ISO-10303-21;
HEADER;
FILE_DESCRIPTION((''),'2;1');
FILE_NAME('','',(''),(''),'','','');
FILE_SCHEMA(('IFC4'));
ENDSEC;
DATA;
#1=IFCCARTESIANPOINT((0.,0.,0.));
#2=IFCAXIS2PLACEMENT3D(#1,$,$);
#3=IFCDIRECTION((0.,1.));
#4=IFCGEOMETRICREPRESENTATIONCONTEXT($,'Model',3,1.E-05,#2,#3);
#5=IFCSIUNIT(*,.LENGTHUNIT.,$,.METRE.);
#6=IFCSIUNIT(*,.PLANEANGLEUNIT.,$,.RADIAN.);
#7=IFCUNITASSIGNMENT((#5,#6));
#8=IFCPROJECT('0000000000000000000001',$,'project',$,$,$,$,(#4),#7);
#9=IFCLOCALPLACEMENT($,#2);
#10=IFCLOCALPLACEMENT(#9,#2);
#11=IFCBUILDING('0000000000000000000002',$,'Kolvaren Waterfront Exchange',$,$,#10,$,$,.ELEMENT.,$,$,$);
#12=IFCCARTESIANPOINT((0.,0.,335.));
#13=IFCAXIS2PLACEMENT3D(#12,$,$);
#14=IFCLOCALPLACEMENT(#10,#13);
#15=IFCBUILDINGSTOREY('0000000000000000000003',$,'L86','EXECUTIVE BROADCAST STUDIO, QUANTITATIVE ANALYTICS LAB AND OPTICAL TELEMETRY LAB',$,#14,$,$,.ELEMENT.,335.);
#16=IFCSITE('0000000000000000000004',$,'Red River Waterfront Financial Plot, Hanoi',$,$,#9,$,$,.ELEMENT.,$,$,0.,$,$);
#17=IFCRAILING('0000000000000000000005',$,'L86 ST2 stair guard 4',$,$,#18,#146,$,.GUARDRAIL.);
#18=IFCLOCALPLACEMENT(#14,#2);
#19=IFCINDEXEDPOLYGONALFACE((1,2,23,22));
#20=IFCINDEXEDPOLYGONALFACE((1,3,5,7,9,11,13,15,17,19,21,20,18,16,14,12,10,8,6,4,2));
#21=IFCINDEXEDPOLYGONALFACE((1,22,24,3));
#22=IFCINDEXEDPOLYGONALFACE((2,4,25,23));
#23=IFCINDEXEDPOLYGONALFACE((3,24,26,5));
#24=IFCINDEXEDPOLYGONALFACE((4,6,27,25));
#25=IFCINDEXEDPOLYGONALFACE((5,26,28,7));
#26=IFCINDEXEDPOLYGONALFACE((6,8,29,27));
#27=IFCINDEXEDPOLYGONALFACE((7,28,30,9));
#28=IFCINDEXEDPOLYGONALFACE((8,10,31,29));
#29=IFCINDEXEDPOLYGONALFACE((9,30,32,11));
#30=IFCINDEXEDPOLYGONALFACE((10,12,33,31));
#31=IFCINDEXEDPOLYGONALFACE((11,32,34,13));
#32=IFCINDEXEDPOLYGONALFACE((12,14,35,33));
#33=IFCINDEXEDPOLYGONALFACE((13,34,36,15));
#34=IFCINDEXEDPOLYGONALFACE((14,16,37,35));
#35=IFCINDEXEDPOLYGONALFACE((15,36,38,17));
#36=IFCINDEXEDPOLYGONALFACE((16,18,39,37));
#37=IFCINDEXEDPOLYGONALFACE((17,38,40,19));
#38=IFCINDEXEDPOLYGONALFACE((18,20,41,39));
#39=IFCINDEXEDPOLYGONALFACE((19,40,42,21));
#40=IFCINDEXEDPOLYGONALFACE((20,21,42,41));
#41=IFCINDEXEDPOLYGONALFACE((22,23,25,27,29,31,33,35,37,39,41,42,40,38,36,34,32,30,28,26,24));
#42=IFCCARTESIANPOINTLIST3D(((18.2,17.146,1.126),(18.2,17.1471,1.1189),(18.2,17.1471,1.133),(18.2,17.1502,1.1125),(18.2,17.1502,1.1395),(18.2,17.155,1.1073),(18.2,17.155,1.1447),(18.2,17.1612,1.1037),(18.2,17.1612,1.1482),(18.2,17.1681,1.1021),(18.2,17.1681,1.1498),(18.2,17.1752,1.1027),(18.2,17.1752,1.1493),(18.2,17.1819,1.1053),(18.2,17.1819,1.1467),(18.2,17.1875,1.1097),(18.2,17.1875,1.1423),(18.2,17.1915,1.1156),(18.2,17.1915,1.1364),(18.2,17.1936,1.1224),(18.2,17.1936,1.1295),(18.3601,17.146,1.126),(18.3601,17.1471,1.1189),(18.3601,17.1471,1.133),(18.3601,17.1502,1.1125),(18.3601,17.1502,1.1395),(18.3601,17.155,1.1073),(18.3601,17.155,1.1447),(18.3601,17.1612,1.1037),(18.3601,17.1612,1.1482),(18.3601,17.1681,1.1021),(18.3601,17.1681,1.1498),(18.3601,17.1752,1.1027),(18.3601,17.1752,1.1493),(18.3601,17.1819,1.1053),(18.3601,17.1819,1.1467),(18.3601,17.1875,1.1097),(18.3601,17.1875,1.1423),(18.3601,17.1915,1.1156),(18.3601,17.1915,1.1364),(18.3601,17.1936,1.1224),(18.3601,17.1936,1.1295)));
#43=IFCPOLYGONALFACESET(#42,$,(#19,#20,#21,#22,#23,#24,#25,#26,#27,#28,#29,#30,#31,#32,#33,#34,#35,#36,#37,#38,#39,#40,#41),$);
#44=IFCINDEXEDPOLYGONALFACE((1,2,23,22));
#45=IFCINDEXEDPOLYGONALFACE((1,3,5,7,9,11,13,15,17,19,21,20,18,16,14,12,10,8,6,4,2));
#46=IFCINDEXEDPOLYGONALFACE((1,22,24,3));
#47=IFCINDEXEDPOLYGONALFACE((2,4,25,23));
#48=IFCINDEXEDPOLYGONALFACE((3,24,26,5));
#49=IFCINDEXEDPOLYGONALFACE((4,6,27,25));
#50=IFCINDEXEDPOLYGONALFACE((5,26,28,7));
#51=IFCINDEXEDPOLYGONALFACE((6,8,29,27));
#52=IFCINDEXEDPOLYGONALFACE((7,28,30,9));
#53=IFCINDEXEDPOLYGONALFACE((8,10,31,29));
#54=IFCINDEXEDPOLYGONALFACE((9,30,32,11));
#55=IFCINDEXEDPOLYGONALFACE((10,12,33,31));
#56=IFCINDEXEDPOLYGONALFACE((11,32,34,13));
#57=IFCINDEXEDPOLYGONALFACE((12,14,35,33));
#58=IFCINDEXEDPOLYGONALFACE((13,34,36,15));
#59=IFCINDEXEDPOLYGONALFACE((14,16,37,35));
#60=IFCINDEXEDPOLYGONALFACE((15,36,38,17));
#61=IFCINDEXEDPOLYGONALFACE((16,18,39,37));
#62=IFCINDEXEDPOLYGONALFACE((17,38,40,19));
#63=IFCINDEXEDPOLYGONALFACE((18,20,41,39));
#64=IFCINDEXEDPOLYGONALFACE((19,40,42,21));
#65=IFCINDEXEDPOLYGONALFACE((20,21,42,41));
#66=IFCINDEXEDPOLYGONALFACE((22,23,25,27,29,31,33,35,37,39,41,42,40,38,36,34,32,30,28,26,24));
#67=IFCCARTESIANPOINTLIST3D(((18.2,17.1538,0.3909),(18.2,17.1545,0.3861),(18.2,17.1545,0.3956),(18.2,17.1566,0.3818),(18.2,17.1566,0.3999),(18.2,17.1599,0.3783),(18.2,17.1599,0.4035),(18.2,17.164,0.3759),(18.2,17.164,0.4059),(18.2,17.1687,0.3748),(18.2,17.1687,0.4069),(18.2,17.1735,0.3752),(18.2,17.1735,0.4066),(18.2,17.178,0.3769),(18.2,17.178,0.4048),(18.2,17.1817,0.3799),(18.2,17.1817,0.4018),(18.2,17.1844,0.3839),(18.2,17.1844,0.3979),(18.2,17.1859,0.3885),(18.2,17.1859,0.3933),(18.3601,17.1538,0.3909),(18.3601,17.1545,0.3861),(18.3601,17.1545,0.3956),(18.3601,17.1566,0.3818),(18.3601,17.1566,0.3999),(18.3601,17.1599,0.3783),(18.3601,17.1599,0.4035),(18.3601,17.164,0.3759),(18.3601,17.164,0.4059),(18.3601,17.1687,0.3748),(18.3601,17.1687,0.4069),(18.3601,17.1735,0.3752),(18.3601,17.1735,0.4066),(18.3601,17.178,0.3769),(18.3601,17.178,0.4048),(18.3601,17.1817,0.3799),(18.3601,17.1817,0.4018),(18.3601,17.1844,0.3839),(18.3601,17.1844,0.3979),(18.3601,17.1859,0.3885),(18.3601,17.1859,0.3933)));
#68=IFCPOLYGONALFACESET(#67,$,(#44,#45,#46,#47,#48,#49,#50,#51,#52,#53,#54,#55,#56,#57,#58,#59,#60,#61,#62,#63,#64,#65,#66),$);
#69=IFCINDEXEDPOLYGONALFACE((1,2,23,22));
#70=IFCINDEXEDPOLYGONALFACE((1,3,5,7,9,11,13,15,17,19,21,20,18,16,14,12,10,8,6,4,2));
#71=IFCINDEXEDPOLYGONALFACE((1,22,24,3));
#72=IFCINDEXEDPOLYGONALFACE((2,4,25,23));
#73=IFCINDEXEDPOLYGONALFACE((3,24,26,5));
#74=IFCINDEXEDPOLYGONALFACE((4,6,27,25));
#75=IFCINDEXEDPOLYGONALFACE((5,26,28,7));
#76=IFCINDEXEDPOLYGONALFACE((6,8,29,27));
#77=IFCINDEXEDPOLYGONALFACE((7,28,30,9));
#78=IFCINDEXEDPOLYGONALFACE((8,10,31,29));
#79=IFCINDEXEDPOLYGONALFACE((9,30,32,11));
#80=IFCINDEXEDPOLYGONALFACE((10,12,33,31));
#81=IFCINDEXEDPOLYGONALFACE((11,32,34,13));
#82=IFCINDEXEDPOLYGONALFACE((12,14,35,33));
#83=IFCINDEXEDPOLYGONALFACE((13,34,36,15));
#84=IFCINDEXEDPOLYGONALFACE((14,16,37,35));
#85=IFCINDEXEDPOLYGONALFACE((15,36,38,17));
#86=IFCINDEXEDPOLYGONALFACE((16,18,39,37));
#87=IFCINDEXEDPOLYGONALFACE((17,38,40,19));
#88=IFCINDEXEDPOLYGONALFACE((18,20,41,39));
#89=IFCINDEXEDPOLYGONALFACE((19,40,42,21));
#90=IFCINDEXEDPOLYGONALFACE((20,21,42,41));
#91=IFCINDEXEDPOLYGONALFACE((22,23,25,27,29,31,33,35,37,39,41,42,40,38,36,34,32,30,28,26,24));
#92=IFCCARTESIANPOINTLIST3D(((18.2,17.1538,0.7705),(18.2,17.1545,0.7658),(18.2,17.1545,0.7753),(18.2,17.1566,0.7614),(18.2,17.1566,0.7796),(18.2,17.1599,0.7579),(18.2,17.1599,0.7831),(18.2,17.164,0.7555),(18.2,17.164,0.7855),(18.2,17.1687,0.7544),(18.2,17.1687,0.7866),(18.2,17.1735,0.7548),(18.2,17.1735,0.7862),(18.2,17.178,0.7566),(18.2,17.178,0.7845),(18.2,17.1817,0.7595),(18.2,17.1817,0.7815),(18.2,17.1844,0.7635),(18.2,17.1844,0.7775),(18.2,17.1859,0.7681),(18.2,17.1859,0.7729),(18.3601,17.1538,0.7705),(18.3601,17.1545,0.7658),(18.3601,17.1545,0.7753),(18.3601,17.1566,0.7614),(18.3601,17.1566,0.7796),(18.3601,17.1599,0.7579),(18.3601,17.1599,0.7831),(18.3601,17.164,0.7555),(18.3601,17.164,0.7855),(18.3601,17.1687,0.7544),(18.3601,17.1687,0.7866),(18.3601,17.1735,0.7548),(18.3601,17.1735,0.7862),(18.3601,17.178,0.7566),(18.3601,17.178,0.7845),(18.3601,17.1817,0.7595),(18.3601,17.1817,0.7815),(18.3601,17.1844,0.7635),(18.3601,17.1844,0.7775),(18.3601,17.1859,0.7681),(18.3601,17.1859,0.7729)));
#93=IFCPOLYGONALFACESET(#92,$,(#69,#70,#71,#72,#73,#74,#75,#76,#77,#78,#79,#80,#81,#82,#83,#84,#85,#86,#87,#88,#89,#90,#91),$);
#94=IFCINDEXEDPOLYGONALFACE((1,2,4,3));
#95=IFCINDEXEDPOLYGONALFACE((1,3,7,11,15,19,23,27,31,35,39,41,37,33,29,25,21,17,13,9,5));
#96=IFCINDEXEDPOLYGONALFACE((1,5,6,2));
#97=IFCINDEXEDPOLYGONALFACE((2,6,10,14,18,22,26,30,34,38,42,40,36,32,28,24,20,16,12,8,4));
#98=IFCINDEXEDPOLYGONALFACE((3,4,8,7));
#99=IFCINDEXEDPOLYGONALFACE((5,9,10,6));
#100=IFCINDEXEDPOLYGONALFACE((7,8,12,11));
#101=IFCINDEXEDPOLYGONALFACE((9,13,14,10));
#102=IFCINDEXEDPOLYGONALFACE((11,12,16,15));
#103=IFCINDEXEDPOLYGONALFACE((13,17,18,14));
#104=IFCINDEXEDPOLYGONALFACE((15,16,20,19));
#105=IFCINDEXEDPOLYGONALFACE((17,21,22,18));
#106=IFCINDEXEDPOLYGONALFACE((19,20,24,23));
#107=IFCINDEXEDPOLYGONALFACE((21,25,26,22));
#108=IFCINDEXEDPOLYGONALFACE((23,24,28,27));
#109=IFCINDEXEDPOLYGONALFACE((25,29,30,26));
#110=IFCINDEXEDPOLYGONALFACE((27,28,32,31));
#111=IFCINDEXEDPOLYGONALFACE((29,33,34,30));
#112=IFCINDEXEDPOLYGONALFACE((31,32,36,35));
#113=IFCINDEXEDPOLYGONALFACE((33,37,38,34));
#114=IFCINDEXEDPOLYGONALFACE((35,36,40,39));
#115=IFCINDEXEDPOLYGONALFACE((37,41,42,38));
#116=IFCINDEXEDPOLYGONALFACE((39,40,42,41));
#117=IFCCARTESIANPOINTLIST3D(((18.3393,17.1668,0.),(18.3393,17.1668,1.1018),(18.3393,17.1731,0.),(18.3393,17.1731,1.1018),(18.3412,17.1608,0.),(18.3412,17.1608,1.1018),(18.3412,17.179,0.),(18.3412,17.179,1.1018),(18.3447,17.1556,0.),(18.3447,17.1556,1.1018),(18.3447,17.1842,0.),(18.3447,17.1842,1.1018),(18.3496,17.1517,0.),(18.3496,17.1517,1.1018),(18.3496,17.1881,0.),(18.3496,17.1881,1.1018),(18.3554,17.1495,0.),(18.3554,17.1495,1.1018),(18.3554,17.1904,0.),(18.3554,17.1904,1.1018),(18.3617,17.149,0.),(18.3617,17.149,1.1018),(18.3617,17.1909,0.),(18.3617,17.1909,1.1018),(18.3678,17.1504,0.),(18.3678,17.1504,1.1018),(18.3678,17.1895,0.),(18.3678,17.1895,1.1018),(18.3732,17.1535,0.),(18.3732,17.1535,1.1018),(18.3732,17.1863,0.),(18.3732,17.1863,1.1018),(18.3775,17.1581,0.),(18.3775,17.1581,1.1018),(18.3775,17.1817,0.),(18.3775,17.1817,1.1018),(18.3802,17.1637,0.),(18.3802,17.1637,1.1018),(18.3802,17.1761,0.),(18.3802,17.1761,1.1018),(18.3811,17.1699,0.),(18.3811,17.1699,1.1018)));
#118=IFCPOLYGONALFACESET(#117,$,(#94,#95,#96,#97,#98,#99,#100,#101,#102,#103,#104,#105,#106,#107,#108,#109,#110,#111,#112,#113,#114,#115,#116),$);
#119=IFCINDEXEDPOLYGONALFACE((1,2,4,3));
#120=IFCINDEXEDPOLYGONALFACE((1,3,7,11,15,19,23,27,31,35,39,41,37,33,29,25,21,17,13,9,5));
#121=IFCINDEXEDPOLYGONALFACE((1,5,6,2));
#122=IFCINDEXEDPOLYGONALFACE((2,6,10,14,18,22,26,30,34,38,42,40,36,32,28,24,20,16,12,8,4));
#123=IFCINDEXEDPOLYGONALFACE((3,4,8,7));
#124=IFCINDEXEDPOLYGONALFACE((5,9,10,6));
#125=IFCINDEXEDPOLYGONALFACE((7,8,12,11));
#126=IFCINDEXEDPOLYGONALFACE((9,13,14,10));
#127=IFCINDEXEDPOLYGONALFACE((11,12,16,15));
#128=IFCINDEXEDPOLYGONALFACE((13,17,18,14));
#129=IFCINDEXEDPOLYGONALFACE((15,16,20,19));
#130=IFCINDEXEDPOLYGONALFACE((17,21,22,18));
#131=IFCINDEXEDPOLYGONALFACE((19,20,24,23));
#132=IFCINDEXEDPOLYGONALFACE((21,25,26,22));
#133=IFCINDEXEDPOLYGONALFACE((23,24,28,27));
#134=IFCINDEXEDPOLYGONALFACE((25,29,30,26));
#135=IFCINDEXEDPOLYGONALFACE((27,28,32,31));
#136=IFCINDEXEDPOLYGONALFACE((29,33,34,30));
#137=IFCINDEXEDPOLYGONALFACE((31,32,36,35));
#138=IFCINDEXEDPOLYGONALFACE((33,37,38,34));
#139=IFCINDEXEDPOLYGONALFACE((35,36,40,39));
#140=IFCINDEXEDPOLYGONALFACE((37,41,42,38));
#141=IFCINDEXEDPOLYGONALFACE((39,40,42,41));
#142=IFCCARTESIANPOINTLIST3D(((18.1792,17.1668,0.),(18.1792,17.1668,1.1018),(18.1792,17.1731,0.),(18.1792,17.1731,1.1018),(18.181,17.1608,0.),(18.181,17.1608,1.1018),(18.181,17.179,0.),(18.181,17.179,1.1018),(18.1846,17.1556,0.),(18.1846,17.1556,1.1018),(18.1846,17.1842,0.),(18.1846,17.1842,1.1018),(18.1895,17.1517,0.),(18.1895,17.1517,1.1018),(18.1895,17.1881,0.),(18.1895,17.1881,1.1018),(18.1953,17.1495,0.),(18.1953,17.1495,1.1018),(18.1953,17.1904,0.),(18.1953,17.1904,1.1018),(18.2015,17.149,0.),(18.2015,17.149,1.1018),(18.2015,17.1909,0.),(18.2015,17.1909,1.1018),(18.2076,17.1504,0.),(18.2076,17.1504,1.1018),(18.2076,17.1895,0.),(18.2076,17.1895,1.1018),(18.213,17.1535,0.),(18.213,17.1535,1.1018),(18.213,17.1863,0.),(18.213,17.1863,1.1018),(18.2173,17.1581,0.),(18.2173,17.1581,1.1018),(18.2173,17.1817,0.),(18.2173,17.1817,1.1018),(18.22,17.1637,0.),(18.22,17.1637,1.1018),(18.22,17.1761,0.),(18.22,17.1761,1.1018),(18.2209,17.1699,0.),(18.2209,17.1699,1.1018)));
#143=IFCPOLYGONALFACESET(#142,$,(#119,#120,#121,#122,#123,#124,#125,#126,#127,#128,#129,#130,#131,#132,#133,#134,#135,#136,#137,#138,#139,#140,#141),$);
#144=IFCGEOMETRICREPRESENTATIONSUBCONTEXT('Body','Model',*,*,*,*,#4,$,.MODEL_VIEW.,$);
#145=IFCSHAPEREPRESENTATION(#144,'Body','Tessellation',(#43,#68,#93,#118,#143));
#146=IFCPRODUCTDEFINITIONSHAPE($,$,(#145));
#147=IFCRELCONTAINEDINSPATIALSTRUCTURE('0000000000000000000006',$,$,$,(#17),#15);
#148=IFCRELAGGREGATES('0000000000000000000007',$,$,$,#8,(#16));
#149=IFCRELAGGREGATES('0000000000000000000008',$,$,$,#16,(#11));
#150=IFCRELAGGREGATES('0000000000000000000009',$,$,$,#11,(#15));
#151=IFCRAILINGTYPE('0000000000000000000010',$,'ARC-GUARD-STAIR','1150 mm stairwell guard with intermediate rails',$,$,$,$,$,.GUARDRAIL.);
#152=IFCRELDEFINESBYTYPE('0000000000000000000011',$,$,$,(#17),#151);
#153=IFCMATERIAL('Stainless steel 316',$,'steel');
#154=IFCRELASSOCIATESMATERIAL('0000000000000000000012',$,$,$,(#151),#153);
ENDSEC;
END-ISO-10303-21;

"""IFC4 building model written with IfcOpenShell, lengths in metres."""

from ifc_helpers import new_model, si_unit, direction, frame, origin, origin_2d, place, context, subcontext, project, spatial, circle, extrude, material, type_object, element, save


model = new_model("IFC4")

# Units and contexts
model_context = context("Model", 3, precision=1e-05, world=origin(), true_north=direction((0.0, 1.0)))
body_context = subcontext(model_context, "Body", "Model", "MODEL_VIEW")
ifc_project = project(units=[si_unit("LENGTHUNIT", "METRE"), si_unit("PLANEANGLEUNIT", "RADIAN")], contexts=[model_context])

# Site, building, storey
site_placement = place(None, origin())
site = spatial("IfcSite", under=ifc_project, at=site_placement, Name="Red River Waterfront Financial Plot, Hanoi", CompositionType="ELEMENT", RefElevation=0.0)
building_placement = place(site_placement, origin())
building = spatial("IfcBuilding", under=site, at=building_placement, Name="Kolvaren Waterfront Exchange", CompositionType="ELEMENT")
storey_placement = place(building_placement, frame((0.0, 0.0, 335.0)))
storey = spatial("IfcBuildingStorey", under=building, at=storey_placement, Name="L86", Description="EXECUTIVE BROADCAST STUDIO, QUANTITATIVE ANALYTICS LAB AND OPTICAL TELEMETRY LAB", CompositionType="ELEMENT", Elevation=335.0)

# Railing
ifc_material_1 = material(Name="Stainless steel 316", Category="steel")
railing_type_1 = type_object("IfcRailingType", Name="ARC-GUARD-STAIR", Description="1150 mm stairwell guard with intermediate rails", PredefinedType="GUARDRAIL", material=ifc_material_1)
railing_1_placement = place(storey_placement, frame((18.3601, 17.1699, 0.0)))
element("IfcRailing", 1, at=railing_1_placement, inside=storey, type_object=railing_type_1, Name="L86 ST2 stair guard 4", PredefinedType="GUARDRAIL", context=body_context, shape_type="SweptSolid", body=[
    extrude(circle(Radius=0.0239, at=origin_2d()), frame((0.0, 0.0, 1.126), z_axis=(-1.0, 0.0, 0.0), x_axis=(0.0, -1.0, 0.0)), (0.0, 0.0, 1.0), 0.1602),
    extrude(circle(Radius=0.0161, at=origin_2d()), frame((0.0, 0.0, 0.3909), z_axis=(-1.0, 0.0, 0.0), x_axis=(0.0, -1.0, 0.0)), (0.0, 0.0, 1.0), 0.1602),
    extrude(circle(Radius=0.0161, at=origin_2d()), frame((0.0, 0.0, 0.7705), z_axis=(-1.0, 0.0, 0.0), x_axis=(0.0, -1.0, 0.0)), (0.0, 0.0, 1.0), 0.1602),
    extrude(circle(Radius=0.021, at=origin_2d()), origin(), (0.0, 0.0, 1.0), 1.1018),
    extrude(circle(Radius=0.021, at=origin_2d()), frame((-0.1602, 0.0, 0.0)), (0.0, 0.0, 1.0), 1.1018),
])

save(model, "model.ifc")
